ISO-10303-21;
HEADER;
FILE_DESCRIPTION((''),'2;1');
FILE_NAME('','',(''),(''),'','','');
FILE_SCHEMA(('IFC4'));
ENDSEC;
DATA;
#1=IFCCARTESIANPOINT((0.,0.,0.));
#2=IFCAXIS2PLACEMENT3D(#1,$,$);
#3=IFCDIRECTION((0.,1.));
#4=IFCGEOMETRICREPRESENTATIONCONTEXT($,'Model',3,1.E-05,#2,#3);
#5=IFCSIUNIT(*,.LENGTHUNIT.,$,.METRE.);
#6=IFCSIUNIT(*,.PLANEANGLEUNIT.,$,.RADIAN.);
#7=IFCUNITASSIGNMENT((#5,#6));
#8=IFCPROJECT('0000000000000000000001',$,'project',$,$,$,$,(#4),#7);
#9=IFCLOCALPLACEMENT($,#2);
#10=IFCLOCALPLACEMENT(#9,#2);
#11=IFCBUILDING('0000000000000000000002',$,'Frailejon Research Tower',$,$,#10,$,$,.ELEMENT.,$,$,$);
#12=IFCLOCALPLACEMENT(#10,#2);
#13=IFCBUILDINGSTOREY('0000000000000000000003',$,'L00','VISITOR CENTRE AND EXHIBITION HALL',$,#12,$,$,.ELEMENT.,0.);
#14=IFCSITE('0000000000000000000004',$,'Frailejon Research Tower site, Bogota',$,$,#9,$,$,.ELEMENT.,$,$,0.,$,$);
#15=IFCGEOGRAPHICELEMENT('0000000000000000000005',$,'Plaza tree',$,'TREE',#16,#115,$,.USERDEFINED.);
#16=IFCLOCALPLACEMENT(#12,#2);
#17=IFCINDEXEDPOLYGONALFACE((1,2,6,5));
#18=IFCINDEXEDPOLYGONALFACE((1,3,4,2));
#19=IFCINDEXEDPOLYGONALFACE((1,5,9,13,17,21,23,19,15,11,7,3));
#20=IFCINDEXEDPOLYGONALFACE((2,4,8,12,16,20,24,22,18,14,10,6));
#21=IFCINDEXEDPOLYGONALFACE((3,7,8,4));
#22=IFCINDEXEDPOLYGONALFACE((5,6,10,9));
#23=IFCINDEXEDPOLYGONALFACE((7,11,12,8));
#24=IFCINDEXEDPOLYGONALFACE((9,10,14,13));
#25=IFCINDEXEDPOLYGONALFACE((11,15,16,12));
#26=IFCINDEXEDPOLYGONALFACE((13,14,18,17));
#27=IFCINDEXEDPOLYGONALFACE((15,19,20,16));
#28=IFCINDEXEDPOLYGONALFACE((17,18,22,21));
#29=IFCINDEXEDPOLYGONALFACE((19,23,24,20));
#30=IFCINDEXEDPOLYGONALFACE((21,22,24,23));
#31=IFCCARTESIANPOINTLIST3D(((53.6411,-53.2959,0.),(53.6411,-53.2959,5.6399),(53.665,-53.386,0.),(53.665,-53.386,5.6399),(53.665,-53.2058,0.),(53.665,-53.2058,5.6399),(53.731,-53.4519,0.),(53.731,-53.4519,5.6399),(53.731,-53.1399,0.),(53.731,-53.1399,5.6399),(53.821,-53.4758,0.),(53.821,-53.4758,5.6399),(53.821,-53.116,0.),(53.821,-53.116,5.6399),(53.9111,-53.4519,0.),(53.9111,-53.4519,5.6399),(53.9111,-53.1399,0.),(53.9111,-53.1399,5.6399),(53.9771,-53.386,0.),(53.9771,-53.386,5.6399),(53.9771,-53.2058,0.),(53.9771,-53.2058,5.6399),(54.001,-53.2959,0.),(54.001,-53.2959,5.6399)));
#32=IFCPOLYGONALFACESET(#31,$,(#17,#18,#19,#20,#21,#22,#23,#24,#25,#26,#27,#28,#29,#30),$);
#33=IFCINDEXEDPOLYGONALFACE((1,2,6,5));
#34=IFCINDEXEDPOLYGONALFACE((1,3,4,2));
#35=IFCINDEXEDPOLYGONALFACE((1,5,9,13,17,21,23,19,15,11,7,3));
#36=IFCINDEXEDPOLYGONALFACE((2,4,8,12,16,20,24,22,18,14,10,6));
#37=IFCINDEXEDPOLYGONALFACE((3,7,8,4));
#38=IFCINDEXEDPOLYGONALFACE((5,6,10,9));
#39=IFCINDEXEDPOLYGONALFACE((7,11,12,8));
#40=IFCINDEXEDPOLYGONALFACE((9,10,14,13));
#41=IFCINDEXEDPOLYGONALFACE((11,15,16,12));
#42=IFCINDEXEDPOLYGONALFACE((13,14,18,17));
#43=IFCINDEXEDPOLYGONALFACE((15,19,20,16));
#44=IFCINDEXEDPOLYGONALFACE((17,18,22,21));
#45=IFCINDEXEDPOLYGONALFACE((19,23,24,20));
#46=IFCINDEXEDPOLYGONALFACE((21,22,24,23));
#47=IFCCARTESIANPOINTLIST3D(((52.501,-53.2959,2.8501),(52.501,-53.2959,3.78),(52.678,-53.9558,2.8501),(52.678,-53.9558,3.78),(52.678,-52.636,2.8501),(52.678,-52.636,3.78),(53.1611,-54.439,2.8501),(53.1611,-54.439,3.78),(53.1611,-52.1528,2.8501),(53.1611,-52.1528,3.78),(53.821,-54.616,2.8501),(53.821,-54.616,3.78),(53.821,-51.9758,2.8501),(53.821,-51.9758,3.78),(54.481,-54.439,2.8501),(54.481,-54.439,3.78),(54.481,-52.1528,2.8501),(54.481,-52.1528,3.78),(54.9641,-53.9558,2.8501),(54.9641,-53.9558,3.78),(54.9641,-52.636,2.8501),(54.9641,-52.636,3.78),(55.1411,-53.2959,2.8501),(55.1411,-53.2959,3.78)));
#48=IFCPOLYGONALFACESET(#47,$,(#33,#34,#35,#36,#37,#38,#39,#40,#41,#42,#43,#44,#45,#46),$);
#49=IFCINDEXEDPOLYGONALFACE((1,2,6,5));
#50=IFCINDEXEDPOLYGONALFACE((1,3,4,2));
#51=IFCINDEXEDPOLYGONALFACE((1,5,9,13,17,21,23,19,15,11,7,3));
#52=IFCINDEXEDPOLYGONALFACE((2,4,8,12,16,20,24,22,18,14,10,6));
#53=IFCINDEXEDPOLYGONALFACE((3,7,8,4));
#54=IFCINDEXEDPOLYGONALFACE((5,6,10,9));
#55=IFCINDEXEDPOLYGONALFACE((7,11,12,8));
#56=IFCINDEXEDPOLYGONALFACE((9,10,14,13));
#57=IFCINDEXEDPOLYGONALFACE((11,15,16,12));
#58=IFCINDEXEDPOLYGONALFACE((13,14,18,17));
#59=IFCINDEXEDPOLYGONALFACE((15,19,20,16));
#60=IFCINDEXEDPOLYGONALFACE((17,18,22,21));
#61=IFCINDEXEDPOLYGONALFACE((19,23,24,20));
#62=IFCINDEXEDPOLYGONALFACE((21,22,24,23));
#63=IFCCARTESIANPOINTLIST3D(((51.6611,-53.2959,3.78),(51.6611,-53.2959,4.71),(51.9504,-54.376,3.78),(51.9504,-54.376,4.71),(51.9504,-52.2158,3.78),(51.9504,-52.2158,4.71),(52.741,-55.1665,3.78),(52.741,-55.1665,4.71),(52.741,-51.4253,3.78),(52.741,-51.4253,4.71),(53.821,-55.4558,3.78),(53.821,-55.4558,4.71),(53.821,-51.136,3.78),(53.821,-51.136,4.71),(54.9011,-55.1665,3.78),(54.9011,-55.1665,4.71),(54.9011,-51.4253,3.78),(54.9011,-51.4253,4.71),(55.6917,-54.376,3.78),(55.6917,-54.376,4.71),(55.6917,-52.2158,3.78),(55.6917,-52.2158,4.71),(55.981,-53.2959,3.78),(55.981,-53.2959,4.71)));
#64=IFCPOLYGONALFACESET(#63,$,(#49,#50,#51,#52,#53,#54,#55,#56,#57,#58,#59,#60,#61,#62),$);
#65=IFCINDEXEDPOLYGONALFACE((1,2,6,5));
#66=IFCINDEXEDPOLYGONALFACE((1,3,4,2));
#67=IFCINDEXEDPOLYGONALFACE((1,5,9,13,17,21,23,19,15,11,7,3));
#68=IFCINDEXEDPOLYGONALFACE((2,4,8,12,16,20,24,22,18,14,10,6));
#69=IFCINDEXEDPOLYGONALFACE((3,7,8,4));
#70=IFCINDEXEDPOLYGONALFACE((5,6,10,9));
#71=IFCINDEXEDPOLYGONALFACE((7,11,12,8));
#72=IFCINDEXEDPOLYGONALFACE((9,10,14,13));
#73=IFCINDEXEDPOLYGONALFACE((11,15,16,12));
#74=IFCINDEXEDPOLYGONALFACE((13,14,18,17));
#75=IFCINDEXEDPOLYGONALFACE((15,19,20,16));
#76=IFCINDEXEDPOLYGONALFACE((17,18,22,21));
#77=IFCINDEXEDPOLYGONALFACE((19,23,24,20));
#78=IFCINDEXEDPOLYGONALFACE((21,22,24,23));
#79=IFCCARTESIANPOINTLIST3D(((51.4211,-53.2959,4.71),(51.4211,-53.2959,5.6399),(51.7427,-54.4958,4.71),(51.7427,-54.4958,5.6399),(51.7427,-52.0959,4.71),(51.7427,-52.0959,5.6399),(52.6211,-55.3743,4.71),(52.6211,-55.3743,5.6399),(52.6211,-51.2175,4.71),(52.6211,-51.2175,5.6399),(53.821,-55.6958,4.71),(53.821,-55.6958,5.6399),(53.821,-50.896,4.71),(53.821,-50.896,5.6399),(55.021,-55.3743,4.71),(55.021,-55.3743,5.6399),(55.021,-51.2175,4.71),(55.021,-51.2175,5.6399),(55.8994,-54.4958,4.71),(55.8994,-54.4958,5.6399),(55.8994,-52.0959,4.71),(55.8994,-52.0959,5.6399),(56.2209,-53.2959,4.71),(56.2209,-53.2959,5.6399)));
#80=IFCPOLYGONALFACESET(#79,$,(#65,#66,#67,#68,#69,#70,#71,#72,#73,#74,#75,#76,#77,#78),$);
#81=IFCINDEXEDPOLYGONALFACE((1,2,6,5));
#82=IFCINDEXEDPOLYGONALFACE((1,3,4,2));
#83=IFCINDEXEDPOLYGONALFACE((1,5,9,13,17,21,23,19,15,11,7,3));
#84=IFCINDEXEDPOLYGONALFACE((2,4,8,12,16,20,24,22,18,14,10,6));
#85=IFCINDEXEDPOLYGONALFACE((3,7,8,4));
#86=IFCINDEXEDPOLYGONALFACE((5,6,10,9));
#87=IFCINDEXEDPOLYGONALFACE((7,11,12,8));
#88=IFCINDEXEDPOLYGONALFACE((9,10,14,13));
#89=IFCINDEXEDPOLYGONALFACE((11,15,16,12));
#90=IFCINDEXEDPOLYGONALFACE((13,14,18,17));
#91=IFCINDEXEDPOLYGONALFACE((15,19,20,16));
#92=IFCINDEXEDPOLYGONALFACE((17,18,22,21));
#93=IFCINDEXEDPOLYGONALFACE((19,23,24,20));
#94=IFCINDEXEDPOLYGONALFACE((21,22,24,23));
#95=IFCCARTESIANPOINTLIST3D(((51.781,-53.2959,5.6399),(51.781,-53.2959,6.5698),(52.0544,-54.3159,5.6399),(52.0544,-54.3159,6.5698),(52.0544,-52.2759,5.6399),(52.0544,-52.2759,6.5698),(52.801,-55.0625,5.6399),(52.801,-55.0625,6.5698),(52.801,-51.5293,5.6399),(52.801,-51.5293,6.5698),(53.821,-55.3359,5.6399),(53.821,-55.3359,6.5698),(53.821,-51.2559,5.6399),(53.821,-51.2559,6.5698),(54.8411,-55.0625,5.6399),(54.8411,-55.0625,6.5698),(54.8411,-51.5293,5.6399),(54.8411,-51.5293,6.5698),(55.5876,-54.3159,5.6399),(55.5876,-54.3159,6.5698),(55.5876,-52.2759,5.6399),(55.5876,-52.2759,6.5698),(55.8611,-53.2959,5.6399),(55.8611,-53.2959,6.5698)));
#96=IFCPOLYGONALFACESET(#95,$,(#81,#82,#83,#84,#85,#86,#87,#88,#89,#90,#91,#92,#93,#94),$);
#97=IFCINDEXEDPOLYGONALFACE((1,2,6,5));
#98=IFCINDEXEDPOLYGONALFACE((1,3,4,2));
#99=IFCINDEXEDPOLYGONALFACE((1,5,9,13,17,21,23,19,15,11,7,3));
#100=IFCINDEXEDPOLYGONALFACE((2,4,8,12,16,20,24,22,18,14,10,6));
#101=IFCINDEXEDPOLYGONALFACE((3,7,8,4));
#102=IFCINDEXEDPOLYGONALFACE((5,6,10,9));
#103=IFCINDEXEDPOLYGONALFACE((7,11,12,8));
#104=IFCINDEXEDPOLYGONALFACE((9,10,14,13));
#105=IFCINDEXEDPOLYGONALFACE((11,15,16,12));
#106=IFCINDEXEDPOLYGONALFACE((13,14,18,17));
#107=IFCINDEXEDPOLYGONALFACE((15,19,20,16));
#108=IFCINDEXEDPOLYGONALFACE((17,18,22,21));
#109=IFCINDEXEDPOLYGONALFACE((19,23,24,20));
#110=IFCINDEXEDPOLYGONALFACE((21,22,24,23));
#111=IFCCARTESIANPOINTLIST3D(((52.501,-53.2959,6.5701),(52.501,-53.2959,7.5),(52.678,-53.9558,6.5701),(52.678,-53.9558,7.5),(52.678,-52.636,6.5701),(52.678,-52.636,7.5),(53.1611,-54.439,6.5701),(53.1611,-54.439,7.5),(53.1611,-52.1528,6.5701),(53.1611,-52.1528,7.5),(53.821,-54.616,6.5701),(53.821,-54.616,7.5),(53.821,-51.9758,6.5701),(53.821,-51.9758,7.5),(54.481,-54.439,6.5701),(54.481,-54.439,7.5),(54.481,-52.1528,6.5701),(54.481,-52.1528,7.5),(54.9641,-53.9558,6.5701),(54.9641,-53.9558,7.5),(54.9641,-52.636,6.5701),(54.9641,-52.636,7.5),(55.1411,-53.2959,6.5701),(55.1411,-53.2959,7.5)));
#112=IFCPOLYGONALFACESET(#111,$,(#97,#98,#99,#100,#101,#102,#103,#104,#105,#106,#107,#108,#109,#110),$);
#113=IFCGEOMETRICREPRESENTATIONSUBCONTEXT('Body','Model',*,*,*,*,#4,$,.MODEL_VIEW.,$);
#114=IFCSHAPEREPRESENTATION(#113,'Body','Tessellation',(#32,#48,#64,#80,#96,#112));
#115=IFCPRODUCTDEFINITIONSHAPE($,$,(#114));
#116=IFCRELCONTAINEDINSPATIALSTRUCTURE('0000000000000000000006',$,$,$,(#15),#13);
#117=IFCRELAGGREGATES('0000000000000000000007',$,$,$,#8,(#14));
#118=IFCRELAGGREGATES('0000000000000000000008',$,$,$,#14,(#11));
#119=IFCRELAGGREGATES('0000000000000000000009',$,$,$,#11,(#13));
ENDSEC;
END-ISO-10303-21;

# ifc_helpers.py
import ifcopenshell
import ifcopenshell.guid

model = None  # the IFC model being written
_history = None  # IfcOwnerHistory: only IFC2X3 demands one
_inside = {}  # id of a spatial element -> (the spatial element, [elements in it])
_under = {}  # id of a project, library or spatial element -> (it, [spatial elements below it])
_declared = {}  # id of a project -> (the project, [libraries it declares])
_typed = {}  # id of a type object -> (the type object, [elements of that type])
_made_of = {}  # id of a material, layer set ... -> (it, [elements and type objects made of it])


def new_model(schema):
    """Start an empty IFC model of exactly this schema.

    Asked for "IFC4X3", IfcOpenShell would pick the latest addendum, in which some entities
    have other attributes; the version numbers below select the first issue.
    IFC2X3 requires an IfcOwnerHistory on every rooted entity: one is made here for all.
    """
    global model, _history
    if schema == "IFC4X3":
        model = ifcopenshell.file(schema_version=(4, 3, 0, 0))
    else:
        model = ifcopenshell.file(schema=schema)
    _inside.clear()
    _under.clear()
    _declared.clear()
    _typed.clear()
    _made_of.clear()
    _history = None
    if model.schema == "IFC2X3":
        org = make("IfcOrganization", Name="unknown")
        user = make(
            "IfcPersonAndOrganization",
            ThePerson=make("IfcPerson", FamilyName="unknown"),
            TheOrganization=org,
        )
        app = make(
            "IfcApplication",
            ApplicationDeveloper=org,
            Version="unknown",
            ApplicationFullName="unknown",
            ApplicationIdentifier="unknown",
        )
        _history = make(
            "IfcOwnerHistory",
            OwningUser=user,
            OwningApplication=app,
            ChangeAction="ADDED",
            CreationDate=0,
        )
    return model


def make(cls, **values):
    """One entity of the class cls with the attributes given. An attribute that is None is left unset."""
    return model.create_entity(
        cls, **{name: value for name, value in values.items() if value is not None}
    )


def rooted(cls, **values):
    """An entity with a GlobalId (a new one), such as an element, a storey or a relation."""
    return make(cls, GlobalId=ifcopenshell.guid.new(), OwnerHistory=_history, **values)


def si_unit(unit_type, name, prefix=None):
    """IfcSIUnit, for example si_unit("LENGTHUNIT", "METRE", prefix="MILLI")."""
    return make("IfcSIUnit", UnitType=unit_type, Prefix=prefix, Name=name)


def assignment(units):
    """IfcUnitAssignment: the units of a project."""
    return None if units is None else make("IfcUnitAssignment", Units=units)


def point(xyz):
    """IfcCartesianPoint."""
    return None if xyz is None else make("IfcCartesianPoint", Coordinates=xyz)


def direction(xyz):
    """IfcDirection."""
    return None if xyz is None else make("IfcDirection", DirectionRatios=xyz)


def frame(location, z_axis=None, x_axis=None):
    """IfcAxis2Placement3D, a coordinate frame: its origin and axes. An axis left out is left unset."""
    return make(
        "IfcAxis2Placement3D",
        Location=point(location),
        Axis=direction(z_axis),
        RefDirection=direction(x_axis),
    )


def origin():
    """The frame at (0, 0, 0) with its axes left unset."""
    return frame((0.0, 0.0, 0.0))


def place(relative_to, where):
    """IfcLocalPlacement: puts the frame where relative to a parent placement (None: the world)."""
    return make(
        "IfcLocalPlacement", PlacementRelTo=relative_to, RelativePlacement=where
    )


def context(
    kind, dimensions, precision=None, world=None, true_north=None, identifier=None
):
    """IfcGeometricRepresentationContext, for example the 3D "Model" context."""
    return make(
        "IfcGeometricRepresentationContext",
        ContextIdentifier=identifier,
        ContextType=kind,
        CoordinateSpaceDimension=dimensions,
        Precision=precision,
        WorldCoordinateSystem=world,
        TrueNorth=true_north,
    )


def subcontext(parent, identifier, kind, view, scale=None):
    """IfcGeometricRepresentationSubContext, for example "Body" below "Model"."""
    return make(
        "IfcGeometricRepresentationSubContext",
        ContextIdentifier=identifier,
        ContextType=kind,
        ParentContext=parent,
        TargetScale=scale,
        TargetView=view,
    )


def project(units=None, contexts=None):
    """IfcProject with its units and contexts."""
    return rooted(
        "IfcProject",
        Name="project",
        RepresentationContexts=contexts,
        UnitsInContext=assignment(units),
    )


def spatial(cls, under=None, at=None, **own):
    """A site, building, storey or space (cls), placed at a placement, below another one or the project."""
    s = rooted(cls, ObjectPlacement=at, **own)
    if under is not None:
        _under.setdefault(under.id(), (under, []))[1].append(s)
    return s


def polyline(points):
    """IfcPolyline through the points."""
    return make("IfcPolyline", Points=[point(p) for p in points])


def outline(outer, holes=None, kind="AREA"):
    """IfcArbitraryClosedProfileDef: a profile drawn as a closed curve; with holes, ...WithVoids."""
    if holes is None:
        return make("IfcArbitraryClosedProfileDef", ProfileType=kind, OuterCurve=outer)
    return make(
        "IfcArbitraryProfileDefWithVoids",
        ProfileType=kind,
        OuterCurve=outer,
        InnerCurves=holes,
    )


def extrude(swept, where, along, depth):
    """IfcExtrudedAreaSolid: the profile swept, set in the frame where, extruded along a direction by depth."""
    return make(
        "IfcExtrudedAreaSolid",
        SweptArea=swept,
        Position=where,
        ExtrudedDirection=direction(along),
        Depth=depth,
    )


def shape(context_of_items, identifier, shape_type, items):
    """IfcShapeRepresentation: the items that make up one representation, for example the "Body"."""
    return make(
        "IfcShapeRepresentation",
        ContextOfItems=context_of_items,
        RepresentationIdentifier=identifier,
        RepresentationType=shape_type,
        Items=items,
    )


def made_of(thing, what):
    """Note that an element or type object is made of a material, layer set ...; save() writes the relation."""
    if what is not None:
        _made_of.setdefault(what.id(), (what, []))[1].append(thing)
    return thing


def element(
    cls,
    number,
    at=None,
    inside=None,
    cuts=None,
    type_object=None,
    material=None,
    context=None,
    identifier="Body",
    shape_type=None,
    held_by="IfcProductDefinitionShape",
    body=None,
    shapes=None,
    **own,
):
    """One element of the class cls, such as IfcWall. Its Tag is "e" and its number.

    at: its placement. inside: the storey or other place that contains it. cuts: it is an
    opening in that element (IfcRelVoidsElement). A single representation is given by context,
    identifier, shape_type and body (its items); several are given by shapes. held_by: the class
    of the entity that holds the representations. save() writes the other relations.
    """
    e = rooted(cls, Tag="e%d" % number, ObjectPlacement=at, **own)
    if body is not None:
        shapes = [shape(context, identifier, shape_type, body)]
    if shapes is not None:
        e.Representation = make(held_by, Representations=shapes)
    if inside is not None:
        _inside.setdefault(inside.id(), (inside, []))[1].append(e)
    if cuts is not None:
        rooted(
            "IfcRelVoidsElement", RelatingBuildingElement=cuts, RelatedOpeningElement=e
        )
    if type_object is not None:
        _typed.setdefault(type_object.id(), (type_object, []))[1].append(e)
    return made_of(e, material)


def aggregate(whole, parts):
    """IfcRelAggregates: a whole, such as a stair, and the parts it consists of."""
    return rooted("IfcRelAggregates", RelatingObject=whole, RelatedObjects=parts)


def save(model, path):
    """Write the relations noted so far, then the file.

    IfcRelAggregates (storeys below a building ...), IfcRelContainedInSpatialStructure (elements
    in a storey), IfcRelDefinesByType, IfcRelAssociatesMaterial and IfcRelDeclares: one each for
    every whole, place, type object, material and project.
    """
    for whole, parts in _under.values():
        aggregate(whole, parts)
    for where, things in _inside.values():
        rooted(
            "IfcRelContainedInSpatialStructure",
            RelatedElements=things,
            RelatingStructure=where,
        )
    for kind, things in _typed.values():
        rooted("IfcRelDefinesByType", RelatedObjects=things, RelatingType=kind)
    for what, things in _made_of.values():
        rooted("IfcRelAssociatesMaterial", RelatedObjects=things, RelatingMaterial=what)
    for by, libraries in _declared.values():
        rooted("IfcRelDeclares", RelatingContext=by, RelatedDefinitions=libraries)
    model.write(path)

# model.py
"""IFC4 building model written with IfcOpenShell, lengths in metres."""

from ifc_helpers import new_model, si_unit, direction, frame, origin, place, context, subcontext, project, spatial, polyline, outline, extrude, element, save


model = new_model("IFC4")

# Units and contexts
model_context = context("Model", 3, precision=1e-05, world=origin(), true_north=direction((0.0, 1.0)))
body_context = subcontext(model_context, "Body", "Model", "MODEL_VIEW")
ifc_project = project(units=[si_unit("LENGTHUNIT", "METRE"), si_unit("PLANEANGLEUNIT", "RADIAN")], contexts=[model_context])

# Site, building, storey
site_placement = place(None, origin())
site = spatial("IfcSite", under=ifc_project, at=site_placement, Name="Frailejon Research Tower site, Bogota", CompositionType="ELEMENT", RefElevation=0.0)
building_placement = place(site_placement, origin())
building = spatial("IfcBuilding", under=site, at=building_placement, Name="Frailejon Research Tower", CompositionType="ELEMENT")
storey_placement = place(building_placement, origin())
storey = spatial("IfcBuildingStorey", under=building, at=storey_placement, Name="L00", Description="VISITOR CENTRE AND EXHIBITION HALL", CompositionType="ELEMENT", Elevation=0.0)

# Geographic element
geographic_element_placement = place(storey_placement, frame((53.821, -53.2959, 0.0)))
element("IfcGeographicElement", 1, at=geographic_element_placement, inside=storey, Name="Plaza tree", ObjectType="TREE", PredefinedType="USERDEFINED", context=body_context, shape_type="SweptSolid", body=[
    extrude(outline(polyline([(0.1799, 0.0), (0.156, 0.0901), (0.0901, 0.156), (0.0, 0.1799), (-0.0901, 0.156), (-0.156, 0.0901), (-0.1799, 0.0), (-0.156, -0.0901), (-0.0901, -0.156), (0.0, -0.1799), (0.0901, -0.156), (0.156, -0.0901), (0.1799, 0.0)])), origin(), (0.0, 0.0, 1.0), 5.6399),
    extrude(outline(polyline([(1.3201, 0.0), (1.1431, 0.6599), (0.6599, 1.1431), (0.0, 1.3201), (-0.6599, 1.1431), (-1.1431, 0.6599), (-1.3201, 0.0), (-1.1431, -0.6599), (-0.6599, -1.1431), (0.0, -1.3201), (0.6599, -1.1431), (1.1431, -0.6599), (1.3201, 0.0)])), frame((0.0, 0.0, 2.8501)), (0.0, 0.0, 1.0), 0.9299),
    extrude(outline(polyline([(2.1599, 0.0), (1.8706, 1.0801), (1.0801, 1.8706), (0.0, 2.1599), (-1.0801, 1.8706), (-1.8706, 1.0801), (-2.1599, 0.0), (-1.8706, -1.0801), (-1.0801, -1.8706), (0.0, -2.1599), (1.0801, -1.8706), (1.8706, -1.0801), (2.1599, 0.0)])), frame((0.0, 0.0, 3.78)), (0.0, 0.0, 1.0), 0.9299),
    extrude(outline(polyline([(2.3999, 0.0), (2.0784, 1.2), (1.2, 2.0784), (0.0, 2.3999), (-1.2, 2.0784), (-2.0784, 1.2), (-2.3999, 0.0), (-2.0784, -1.2), (-1.2, -2.0784), (0.0, -2.3999), (1.2, -2.0784), (2.0784, -1.2), (2.3999, 0.0)])), frame((0.0, 0.0, 4.71)), (0.0, 0.0, 1.0), 0.9299),
    extrude(outline(polyline([(2.04, 0.0), (1.7666, 1.02), (1.02, 1.7666), (0.0, 2.04), (-1.02, 1.7666), (-1.7666, 1.02), (-2.04, 0.0), (-1.7666, -1.02), (-1.02, -1.7666), (0.0, -2.04), (1.02, -1.7666), (1.7666, -1.02), (2.04, 0.0)])), frame((0.0, 0.0, 5.6399)), (0.0, 0.0, 1.0), 0.9299),
    extrude(outline(polyline([(1.3201, 0.0), (1.1431, 0.6599), (0.6599, 1.1431), (0.0, 1.3201), (-0.6599, 1.1431), (-1.1431, 0.6599), (-1.3201, 0.0), (-1.1431, -0.6599), (-0.6599, -1.1431), (0.0, -1.3201), (0.6599, -1.1431), (1.1431, -0.6599), (1.3201, 0.0)])), frame((0.0, 0.0, 6.5701)), (0.0, 0.0, 1.0), 0.9299),
])

save(model, "model.ifc")
